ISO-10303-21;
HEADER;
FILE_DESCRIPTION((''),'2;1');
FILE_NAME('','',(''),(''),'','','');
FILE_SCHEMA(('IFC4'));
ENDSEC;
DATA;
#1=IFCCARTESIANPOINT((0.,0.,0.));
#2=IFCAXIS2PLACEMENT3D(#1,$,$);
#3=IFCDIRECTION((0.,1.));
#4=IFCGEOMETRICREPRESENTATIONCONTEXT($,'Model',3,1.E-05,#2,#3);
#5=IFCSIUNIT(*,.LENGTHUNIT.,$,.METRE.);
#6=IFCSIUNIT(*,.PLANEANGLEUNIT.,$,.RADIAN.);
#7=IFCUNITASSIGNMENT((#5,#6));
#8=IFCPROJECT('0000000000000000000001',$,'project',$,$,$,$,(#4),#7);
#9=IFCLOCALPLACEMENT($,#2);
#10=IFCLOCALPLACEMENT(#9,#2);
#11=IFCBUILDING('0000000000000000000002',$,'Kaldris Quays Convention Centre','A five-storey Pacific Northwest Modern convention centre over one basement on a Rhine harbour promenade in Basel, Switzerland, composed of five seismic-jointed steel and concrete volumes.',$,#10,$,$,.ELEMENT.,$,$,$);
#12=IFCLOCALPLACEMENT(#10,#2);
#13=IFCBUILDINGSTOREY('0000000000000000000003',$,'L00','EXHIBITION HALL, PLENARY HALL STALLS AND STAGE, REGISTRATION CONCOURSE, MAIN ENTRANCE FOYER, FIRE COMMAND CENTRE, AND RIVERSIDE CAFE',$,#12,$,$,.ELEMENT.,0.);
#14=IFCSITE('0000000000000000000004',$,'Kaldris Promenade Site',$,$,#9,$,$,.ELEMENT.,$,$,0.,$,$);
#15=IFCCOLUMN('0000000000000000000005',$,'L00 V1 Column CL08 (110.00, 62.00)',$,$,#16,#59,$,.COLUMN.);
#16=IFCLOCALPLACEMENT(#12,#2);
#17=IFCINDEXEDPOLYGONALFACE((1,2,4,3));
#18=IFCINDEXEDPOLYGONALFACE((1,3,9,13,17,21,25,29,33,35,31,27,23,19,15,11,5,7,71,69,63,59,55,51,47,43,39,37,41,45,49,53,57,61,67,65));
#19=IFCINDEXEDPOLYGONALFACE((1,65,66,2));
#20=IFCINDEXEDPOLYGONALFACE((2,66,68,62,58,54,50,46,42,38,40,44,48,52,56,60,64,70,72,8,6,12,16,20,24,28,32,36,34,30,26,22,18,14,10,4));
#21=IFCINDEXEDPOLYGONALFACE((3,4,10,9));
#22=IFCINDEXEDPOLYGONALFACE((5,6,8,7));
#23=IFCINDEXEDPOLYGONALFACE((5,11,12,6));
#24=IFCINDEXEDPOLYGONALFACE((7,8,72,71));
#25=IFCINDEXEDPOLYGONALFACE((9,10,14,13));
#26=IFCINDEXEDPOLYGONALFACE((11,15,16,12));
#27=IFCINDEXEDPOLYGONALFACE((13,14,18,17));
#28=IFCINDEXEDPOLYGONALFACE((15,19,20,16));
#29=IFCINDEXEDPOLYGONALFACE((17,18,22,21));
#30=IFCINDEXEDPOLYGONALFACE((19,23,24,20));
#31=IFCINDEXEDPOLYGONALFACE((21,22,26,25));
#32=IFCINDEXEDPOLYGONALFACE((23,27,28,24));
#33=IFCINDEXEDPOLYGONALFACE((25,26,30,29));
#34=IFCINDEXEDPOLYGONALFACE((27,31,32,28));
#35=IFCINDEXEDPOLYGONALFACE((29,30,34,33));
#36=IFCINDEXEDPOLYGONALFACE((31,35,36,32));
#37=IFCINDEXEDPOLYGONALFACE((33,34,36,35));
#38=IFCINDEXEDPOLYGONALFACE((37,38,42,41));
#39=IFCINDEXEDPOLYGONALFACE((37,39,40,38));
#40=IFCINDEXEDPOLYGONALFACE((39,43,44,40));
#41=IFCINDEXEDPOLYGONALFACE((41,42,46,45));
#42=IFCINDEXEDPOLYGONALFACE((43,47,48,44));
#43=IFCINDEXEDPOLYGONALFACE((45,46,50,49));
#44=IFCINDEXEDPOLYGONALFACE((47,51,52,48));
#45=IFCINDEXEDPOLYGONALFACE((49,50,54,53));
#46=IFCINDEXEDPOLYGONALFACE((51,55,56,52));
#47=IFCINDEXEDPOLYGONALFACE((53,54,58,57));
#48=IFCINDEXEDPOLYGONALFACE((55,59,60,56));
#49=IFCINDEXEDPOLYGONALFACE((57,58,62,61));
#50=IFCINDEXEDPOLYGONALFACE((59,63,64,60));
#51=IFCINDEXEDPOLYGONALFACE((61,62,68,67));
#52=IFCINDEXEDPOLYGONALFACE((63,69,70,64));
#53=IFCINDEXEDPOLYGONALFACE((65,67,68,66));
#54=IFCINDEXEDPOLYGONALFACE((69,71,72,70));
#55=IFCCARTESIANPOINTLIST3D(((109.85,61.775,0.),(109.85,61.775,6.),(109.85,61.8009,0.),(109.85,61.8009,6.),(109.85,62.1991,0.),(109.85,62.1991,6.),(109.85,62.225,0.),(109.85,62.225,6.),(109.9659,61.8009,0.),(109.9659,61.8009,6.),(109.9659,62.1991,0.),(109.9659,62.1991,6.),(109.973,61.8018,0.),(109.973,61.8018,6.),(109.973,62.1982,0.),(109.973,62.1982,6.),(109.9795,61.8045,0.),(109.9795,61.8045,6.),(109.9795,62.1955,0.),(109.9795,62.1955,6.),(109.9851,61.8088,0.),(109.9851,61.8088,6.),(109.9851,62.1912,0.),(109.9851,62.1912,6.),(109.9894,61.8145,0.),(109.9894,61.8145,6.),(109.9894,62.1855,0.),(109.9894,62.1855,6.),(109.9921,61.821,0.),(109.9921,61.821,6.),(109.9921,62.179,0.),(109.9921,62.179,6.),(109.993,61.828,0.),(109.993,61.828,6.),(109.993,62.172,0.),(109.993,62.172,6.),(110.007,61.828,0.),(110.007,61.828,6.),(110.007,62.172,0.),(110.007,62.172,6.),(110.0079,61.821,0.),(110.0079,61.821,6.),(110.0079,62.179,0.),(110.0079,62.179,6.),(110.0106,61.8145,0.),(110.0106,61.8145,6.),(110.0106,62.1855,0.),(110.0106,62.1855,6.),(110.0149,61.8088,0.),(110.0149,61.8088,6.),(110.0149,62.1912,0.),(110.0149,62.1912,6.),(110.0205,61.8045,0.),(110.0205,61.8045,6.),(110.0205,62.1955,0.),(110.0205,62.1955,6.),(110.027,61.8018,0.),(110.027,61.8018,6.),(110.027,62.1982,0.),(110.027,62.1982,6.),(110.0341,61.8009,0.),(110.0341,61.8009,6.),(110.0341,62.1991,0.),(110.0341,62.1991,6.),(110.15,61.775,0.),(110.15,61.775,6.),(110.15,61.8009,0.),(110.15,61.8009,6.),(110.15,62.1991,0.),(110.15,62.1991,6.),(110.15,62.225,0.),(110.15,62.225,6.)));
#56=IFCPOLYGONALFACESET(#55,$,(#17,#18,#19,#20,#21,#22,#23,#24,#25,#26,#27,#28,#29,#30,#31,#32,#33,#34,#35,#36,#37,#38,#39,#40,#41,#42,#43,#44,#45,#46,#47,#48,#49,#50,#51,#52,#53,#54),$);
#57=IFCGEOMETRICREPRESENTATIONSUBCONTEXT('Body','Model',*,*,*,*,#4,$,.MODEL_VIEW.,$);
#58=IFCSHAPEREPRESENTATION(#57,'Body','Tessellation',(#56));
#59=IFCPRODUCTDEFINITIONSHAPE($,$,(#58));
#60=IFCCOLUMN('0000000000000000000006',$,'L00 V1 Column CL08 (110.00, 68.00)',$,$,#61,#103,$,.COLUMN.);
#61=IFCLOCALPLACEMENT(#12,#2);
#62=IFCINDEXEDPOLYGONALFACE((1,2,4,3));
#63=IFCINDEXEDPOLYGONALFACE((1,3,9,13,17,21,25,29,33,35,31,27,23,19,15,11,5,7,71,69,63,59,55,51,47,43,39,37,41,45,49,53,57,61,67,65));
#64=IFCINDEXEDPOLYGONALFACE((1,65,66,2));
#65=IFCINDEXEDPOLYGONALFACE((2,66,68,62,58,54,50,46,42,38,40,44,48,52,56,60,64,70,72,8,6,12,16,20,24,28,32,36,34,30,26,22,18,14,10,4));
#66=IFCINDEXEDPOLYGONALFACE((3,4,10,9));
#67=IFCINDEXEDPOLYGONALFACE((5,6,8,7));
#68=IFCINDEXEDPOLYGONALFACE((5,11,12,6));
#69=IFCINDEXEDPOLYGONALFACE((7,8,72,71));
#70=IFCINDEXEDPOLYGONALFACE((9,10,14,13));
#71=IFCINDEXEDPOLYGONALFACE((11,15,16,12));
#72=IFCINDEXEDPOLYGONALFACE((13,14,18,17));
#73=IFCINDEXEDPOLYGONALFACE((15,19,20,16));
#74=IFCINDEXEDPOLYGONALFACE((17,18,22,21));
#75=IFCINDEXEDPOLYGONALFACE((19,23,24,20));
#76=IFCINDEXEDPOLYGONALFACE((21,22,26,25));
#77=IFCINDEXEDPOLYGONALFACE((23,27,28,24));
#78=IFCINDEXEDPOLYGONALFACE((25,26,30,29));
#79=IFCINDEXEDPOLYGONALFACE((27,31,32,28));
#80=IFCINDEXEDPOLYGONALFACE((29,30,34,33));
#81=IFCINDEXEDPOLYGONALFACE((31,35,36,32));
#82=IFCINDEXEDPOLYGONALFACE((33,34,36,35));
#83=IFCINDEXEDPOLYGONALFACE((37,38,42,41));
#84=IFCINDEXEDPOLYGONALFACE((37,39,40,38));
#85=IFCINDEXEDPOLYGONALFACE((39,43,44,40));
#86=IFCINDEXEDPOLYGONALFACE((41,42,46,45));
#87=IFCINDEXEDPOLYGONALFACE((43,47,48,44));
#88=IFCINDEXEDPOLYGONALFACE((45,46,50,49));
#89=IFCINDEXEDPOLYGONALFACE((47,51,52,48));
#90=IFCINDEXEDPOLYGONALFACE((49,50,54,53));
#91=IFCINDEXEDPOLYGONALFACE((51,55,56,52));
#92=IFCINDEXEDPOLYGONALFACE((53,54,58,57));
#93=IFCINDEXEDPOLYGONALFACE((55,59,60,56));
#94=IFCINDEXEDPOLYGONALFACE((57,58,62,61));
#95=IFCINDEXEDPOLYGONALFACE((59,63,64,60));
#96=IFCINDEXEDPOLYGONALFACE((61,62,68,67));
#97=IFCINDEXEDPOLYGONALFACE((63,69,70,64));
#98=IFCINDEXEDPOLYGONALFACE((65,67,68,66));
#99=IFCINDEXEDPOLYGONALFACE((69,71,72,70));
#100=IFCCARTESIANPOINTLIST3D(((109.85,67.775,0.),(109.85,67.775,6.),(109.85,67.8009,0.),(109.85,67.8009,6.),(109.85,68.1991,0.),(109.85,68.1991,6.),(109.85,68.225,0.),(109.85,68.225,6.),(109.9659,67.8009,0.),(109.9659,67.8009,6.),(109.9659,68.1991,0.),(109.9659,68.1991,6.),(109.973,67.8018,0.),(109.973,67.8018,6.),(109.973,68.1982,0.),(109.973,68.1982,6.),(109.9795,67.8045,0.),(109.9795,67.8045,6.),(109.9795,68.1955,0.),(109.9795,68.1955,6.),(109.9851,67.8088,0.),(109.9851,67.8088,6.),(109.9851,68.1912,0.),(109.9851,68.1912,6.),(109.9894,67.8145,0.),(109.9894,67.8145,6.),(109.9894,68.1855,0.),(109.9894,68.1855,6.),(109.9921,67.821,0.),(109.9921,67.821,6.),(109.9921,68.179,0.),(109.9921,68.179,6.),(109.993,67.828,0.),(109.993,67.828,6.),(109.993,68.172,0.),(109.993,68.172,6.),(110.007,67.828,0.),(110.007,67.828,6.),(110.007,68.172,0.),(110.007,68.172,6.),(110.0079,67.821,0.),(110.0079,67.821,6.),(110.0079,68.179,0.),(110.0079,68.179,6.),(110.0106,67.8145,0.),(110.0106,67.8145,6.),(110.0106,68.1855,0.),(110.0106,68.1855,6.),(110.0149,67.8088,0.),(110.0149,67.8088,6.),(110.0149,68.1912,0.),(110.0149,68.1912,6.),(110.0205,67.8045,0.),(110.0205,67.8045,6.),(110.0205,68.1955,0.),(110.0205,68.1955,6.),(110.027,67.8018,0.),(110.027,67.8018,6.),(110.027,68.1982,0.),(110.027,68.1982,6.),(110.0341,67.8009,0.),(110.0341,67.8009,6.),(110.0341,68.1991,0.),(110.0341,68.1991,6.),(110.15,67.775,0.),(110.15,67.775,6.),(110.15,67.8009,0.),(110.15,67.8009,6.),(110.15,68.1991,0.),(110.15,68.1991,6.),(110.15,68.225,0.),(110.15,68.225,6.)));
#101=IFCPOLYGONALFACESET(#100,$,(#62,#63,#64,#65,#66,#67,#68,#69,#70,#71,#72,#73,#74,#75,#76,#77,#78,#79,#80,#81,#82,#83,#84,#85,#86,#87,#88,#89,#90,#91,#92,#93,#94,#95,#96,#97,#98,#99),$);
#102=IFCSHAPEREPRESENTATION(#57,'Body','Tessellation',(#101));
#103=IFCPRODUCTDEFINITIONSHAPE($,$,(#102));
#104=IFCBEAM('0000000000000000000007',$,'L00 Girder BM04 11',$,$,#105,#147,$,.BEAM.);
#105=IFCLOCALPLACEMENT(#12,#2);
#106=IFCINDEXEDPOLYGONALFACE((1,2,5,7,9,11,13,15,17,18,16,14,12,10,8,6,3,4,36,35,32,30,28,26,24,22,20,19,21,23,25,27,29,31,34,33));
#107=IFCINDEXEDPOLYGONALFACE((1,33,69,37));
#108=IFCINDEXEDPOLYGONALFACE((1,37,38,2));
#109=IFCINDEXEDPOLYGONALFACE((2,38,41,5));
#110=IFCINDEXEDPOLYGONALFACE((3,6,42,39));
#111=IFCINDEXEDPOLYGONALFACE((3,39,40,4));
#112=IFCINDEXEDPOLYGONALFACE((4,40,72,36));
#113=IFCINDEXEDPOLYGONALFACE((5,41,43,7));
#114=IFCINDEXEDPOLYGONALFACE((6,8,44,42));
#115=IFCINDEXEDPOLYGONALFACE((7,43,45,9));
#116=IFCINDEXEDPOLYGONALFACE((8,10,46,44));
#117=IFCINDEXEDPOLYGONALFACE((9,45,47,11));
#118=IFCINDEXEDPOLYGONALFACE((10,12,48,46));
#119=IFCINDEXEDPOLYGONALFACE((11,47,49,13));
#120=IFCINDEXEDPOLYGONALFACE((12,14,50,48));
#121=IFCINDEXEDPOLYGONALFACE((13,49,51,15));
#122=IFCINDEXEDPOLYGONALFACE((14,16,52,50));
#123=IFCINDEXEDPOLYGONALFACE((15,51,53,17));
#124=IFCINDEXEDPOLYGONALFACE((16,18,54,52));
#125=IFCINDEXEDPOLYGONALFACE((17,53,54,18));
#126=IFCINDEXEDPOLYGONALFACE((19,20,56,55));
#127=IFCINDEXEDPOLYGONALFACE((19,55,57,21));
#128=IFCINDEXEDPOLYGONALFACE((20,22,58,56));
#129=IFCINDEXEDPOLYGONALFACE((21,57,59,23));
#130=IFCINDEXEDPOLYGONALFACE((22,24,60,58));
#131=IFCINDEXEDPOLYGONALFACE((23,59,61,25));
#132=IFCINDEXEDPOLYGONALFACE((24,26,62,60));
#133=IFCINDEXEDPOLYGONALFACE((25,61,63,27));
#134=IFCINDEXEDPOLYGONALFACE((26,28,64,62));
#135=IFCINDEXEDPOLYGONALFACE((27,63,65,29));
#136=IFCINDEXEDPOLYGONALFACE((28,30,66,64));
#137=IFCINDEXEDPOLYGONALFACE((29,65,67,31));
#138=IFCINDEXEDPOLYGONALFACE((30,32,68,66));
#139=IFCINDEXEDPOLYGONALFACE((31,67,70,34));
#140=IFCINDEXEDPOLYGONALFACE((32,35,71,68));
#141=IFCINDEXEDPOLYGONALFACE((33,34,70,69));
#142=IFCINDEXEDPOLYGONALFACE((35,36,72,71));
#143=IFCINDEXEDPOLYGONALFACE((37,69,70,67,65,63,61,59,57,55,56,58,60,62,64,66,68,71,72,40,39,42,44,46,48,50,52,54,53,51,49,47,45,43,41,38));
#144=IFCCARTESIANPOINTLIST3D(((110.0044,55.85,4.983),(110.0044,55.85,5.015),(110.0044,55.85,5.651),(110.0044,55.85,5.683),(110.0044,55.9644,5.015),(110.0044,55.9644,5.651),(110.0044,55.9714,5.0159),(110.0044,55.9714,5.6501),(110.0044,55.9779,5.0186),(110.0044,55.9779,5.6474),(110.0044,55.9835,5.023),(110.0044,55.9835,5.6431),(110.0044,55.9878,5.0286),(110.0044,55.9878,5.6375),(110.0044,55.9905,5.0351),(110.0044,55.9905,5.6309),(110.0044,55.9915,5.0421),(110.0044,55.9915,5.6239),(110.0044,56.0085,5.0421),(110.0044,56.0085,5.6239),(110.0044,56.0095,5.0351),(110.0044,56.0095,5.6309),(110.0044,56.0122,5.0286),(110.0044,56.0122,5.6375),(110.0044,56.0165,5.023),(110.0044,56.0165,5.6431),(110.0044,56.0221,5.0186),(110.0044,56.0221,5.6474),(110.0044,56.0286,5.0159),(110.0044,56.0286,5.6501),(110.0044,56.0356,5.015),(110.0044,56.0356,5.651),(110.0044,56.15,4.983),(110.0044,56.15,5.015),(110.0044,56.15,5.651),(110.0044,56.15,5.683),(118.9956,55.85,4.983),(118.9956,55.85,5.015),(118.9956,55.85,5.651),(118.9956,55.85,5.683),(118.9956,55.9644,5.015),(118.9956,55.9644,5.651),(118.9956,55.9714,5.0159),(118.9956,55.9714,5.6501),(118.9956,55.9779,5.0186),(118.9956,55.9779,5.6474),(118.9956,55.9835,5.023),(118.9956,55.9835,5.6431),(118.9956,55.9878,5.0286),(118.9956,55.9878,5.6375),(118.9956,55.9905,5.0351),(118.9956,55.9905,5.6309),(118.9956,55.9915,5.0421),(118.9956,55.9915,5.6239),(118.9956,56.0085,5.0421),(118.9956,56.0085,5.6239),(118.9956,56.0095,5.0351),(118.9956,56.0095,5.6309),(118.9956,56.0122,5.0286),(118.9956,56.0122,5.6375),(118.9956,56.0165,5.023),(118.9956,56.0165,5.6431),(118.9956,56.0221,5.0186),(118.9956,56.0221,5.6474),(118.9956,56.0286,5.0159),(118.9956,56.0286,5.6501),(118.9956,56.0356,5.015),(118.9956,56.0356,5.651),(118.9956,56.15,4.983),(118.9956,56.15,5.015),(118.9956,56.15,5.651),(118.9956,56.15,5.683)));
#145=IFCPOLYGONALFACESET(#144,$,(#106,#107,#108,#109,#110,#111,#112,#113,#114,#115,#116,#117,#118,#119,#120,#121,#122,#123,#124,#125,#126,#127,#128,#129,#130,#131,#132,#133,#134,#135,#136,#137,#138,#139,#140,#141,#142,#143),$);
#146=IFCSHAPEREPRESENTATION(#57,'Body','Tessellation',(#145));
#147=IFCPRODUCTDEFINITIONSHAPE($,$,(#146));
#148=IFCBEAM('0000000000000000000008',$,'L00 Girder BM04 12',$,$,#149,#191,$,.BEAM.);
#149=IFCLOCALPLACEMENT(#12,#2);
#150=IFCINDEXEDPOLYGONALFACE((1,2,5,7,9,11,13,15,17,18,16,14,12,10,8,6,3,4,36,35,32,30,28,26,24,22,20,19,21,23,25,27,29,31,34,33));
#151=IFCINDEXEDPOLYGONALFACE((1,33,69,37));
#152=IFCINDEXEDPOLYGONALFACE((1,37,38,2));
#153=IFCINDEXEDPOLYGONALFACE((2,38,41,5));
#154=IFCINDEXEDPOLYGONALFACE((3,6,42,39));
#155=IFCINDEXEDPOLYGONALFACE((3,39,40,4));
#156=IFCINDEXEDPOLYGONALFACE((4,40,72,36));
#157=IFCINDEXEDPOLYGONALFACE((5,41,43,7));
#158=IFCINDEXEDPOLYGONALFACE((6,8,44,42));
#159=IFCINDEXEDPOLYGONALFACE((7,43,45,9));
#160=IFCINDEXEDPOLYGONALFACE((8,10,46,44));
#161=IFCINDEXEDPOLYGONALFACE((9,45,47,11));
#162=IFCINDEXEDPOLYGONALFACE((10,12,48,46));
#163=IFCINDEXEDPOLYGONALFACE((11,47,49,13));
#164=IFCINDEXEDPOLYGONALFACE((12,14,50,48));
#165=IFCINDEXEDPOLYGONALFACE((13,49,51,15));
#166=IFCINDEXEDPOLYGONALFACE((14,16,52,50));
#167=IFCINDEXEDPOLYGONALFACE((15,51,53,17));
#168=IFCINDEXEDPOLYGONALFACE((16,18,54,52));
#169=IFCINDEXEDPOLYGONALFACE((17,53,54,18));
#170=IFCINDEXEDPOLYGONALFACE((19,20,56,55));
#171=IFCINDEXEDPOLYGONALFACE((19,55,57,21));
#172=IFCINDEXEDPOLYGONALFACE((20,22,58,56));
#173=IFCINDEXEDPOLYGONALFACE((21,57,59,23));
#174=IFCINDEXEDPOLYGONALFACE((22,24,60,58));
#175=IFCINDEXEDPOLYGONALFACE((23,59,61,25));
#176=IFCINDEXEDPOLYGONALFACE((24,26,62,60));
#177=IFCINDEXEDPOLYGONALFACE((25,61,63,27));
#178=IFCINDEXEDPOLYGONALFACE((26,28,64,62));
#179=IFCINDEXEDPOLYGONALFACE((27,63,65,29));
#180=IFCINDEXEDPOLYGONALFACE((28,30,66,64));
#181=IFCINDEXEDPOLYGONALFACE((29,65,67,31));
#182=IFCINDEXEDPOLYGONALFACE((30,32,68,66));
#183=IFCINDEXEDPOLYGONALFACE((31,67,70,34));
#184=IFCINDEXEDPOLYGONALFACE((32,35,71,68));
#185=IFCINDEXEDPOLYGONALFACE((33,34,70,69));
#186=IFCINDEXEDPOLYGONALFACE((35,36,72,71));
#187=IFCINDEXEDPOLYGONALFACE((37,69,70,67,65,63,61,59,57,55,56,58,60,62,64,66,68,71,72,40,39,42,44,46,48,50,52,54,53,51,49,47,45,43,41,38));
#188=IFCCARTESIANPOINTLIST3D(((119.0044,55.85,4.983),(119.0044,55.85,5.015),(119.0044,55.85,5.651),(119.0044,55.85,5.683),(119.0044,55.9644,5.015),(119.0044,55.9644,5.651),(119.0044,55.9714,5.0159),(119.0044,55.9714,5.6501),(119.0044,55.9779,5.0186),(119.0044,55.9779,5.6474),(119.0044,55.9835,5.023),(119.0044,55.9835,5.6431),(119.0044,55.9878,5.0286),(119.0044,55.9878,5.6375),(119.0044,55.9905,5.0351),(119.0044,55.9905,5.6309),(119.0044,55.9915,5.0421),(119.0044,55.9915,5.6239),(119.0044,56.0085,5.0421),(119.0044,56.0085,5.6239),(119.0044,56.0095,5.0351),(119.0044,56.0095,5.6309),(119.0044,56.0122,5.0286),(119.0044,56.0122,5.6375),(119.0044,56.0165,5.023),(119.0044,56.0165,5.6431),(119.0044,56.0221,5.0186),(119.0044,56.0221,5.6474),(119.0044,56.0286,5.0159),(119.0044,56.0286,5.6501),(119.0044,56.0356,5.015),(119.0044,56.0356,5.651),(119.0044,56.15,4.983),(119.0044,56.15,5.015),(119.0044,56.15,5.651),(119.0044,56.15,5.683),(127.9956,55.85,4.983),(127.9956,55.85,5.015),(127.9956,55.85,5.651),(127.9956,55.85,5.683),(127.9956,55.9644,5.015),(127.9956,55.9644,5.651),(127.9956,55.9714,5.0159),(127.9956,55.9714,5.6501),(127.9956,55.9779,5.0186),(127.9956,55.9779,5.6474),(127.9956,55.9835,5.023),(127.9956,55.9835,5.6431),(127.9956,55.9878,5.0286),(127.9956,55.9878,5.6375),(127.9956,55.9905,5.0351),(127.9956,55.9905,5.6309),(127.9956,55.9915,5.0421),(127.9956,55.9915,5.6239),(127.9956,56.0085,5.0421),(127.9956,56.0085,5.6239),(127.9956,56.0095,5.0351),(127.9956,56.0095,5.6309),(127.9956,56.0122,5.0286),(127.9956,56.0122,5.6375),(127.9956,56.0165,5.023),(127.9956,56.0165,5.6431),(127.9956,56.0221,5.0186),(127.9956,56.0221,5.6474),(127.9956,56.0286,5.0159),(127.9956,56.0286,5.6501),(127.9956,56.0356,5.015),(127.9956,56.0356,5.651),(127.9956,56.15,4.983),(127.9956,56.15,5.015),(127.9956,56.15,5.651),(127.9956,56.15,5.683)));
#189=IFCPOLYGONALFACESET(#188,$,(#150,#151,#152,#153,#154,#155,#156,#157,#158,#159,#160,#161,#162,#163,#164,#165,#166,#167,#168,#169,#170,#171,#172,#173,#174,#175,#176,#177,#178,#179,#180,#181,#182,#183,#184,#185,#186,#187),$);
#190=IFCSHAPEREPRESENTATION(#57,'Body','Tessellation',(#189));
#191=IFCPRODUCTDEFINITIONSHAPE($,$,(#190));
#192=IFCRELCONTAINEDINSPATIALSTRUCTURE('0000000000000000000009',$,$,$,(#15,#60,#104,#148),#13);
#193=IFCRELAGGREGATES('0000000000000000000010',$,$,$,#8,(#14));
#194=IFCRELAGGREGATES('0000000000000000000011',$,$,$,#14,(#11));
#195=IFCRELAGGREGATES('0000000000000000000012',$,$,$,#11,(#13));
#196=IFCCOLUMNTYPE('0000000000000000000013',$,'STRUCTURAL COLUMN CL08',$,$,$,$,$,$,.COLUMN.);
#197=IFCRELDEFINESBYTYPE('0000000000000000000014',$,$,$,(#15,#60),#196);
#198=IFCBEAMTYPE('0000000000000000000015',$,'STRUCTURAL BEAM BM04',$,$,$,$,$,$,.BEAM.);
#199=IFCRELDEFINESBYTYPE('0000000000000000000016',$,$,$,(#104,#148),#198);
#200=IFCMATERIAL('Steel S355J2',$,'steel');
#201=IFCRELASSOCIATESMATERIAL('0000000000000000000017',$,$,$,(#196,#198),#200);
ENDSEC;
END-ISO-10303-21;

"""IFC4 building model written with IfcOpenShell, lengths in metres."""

from ifc_helpers import new_model, si_unit, direction, frame, origin, origin_2d, place, context, subcontext, project, spatial, i_section, extrude, material, material_profile, profile_set, type_object, element, save


model = new_model("IFC4")

# Units and contexts
model_context = context("Model", 3, precision=1e-05, world=origin(), true_north=direction((0.0, 1.0)))
body_context = subcontext(model_context, "Body", "Model", "MODEL_VIEW")
ifc_project = project(units=[si_unit("LENGTHUNIT", "METRE"), si_unit("PLANEANGLEUNIT", "RADIAN")], contexts=[model_context])

# Site, building, storey
site_placement = place(None, origin())
site = spatial("IfcSite", under=ifc_project, at=site_placement, Name="Kaldris Promenade Site", CompositionType="ELEMENT", RefElevation=0.0)
building_placement = place(site_placement, origin())
building = spatial("IfcBuilding", under=site, at=building_placement, Name="Kaldris Quays Convention Centre", Description="A five-storey Pacific Northwest Modern convention centre over one basement on a Rhine harbour promenade in Basel, Switzerland, composed of five seismic-jointed steel and concrete volumes.", CompositionType="ELEMENT")
storey_placement = place(building_placement, origin())
storey = spatial("IfcBuildingStorey", under=building, at=storey_placement, Name="L00", Description="EXHIBITION HALL, PLENARY HALL STALLS AND STAGE, REGISTRATION CONCOURSE, MAIN ENTRANCE FOYER, FIRE COMMAND CENTRE, AND RIVERSIDE CAFE", CompositionType="ELEMENT", Elevation=0.0)

# Columns
ifc_material_1 = material(Name="Steel S355J2", Category="steel")
ifc_material_profile_1 = material_profile(ifc_material_1, i_section(OverallWidth=0.3, OverallDepth=0.45, WebThickness=0.0139, FlangeThickness=0.0259, FilletRadius=0.0271, at=origin_2d()), Name="HEB 450")
ifc_profile_set_1 = profile_set([ifc_material_profile_1], Name="Steel S355J2")
column_type_1 = type_object("IfcColumnType", Name="STRUCTURAL COLUMN CL08", PredefinedType="COLUMN", material=ifc_profile_set_1)
for number, where, z_axis, x_axis, name in (
    (1, (110.0, 62.0, 0.0), (0.0, 0.0, 1.0), (1.0, 0.0, 0.0), "L00 V1 Column CL08 (110.00, 62.00)"),
    (2, (110.0, 68.0, 0.0), (0.0, 0.0, 1.0), (1.0, 0.0, 0.0), "L00 V1 Column CL08 (110.00, 68.00)"),
):
    element("IfcColumn", number, at=place(storey_placement, frame(where, z_axis=z_axis, x_axis=x_axis)), inside=storey, type_object=column_type_1, Name=name, PredefinedType="COLUMN", context=body_context, shape_type="SweptSolid", body=[
        extrude(i_section(OverallWidth=0.3, OverallDepth=0.45, WebThickness=0.0139, FlangeThickness=0.0259, FilletRadius=0.0271, at=origin_2d()), origin(), (0.0, 0.0, 1.0), 6.0),
    ])

# Beams
ifc_material_profile_2 = material_profile(ifc_material_1, i_section(OverallWidth=0.3, OverallDepth=0.7, WebThickness=0.0171, FlangeThickness=0.032, FilletRadius=0.0271, at=origin_2d()), Name="HEB 700")
ifc_profile_set_2 = profile_set([ifc_material_profile_2], Name="Steel S355J2")
beam_type_1 = type_object("IfcBeamType", Name="STRUCTURAL BEAM BM04", PredefinedType="BEAM", material=ifc_profile_set_2)
for number, where, z_axis, x_axis, name in (
    (3, (110.0044, 56.0, 5.333), (1.0, 0.0, 0.0), (0.0, 1.0, 0.0), "L00 Girder BM04 11"),
    (4, (119.0044, 56.0, 5.333), (1.0, 0.0, 0.0), (0.0, 1.0, 0.0), "L00 Girder BM04 12"),
):
    element("IfcBeam", number, at=place(storey_placement, frame(where, z_axis=z_axis, x_axis=x_axis)), inside=storey, type_object=beam_type_1, Name=name, PredefinedType="BEAM", context=body_context, shape_type="SweptSolid", body=[
        extrude(i_section(OverallWidth=0.3, OverallDepth=0.7, WebThickness=0.0171, FlangeThickness=0.032, FilletRadius=0.0271, at=origin_2d()), origin(), (0.0, 0.0, 1.0), 8.9912),
    ])

save(model, "model.ifc")
